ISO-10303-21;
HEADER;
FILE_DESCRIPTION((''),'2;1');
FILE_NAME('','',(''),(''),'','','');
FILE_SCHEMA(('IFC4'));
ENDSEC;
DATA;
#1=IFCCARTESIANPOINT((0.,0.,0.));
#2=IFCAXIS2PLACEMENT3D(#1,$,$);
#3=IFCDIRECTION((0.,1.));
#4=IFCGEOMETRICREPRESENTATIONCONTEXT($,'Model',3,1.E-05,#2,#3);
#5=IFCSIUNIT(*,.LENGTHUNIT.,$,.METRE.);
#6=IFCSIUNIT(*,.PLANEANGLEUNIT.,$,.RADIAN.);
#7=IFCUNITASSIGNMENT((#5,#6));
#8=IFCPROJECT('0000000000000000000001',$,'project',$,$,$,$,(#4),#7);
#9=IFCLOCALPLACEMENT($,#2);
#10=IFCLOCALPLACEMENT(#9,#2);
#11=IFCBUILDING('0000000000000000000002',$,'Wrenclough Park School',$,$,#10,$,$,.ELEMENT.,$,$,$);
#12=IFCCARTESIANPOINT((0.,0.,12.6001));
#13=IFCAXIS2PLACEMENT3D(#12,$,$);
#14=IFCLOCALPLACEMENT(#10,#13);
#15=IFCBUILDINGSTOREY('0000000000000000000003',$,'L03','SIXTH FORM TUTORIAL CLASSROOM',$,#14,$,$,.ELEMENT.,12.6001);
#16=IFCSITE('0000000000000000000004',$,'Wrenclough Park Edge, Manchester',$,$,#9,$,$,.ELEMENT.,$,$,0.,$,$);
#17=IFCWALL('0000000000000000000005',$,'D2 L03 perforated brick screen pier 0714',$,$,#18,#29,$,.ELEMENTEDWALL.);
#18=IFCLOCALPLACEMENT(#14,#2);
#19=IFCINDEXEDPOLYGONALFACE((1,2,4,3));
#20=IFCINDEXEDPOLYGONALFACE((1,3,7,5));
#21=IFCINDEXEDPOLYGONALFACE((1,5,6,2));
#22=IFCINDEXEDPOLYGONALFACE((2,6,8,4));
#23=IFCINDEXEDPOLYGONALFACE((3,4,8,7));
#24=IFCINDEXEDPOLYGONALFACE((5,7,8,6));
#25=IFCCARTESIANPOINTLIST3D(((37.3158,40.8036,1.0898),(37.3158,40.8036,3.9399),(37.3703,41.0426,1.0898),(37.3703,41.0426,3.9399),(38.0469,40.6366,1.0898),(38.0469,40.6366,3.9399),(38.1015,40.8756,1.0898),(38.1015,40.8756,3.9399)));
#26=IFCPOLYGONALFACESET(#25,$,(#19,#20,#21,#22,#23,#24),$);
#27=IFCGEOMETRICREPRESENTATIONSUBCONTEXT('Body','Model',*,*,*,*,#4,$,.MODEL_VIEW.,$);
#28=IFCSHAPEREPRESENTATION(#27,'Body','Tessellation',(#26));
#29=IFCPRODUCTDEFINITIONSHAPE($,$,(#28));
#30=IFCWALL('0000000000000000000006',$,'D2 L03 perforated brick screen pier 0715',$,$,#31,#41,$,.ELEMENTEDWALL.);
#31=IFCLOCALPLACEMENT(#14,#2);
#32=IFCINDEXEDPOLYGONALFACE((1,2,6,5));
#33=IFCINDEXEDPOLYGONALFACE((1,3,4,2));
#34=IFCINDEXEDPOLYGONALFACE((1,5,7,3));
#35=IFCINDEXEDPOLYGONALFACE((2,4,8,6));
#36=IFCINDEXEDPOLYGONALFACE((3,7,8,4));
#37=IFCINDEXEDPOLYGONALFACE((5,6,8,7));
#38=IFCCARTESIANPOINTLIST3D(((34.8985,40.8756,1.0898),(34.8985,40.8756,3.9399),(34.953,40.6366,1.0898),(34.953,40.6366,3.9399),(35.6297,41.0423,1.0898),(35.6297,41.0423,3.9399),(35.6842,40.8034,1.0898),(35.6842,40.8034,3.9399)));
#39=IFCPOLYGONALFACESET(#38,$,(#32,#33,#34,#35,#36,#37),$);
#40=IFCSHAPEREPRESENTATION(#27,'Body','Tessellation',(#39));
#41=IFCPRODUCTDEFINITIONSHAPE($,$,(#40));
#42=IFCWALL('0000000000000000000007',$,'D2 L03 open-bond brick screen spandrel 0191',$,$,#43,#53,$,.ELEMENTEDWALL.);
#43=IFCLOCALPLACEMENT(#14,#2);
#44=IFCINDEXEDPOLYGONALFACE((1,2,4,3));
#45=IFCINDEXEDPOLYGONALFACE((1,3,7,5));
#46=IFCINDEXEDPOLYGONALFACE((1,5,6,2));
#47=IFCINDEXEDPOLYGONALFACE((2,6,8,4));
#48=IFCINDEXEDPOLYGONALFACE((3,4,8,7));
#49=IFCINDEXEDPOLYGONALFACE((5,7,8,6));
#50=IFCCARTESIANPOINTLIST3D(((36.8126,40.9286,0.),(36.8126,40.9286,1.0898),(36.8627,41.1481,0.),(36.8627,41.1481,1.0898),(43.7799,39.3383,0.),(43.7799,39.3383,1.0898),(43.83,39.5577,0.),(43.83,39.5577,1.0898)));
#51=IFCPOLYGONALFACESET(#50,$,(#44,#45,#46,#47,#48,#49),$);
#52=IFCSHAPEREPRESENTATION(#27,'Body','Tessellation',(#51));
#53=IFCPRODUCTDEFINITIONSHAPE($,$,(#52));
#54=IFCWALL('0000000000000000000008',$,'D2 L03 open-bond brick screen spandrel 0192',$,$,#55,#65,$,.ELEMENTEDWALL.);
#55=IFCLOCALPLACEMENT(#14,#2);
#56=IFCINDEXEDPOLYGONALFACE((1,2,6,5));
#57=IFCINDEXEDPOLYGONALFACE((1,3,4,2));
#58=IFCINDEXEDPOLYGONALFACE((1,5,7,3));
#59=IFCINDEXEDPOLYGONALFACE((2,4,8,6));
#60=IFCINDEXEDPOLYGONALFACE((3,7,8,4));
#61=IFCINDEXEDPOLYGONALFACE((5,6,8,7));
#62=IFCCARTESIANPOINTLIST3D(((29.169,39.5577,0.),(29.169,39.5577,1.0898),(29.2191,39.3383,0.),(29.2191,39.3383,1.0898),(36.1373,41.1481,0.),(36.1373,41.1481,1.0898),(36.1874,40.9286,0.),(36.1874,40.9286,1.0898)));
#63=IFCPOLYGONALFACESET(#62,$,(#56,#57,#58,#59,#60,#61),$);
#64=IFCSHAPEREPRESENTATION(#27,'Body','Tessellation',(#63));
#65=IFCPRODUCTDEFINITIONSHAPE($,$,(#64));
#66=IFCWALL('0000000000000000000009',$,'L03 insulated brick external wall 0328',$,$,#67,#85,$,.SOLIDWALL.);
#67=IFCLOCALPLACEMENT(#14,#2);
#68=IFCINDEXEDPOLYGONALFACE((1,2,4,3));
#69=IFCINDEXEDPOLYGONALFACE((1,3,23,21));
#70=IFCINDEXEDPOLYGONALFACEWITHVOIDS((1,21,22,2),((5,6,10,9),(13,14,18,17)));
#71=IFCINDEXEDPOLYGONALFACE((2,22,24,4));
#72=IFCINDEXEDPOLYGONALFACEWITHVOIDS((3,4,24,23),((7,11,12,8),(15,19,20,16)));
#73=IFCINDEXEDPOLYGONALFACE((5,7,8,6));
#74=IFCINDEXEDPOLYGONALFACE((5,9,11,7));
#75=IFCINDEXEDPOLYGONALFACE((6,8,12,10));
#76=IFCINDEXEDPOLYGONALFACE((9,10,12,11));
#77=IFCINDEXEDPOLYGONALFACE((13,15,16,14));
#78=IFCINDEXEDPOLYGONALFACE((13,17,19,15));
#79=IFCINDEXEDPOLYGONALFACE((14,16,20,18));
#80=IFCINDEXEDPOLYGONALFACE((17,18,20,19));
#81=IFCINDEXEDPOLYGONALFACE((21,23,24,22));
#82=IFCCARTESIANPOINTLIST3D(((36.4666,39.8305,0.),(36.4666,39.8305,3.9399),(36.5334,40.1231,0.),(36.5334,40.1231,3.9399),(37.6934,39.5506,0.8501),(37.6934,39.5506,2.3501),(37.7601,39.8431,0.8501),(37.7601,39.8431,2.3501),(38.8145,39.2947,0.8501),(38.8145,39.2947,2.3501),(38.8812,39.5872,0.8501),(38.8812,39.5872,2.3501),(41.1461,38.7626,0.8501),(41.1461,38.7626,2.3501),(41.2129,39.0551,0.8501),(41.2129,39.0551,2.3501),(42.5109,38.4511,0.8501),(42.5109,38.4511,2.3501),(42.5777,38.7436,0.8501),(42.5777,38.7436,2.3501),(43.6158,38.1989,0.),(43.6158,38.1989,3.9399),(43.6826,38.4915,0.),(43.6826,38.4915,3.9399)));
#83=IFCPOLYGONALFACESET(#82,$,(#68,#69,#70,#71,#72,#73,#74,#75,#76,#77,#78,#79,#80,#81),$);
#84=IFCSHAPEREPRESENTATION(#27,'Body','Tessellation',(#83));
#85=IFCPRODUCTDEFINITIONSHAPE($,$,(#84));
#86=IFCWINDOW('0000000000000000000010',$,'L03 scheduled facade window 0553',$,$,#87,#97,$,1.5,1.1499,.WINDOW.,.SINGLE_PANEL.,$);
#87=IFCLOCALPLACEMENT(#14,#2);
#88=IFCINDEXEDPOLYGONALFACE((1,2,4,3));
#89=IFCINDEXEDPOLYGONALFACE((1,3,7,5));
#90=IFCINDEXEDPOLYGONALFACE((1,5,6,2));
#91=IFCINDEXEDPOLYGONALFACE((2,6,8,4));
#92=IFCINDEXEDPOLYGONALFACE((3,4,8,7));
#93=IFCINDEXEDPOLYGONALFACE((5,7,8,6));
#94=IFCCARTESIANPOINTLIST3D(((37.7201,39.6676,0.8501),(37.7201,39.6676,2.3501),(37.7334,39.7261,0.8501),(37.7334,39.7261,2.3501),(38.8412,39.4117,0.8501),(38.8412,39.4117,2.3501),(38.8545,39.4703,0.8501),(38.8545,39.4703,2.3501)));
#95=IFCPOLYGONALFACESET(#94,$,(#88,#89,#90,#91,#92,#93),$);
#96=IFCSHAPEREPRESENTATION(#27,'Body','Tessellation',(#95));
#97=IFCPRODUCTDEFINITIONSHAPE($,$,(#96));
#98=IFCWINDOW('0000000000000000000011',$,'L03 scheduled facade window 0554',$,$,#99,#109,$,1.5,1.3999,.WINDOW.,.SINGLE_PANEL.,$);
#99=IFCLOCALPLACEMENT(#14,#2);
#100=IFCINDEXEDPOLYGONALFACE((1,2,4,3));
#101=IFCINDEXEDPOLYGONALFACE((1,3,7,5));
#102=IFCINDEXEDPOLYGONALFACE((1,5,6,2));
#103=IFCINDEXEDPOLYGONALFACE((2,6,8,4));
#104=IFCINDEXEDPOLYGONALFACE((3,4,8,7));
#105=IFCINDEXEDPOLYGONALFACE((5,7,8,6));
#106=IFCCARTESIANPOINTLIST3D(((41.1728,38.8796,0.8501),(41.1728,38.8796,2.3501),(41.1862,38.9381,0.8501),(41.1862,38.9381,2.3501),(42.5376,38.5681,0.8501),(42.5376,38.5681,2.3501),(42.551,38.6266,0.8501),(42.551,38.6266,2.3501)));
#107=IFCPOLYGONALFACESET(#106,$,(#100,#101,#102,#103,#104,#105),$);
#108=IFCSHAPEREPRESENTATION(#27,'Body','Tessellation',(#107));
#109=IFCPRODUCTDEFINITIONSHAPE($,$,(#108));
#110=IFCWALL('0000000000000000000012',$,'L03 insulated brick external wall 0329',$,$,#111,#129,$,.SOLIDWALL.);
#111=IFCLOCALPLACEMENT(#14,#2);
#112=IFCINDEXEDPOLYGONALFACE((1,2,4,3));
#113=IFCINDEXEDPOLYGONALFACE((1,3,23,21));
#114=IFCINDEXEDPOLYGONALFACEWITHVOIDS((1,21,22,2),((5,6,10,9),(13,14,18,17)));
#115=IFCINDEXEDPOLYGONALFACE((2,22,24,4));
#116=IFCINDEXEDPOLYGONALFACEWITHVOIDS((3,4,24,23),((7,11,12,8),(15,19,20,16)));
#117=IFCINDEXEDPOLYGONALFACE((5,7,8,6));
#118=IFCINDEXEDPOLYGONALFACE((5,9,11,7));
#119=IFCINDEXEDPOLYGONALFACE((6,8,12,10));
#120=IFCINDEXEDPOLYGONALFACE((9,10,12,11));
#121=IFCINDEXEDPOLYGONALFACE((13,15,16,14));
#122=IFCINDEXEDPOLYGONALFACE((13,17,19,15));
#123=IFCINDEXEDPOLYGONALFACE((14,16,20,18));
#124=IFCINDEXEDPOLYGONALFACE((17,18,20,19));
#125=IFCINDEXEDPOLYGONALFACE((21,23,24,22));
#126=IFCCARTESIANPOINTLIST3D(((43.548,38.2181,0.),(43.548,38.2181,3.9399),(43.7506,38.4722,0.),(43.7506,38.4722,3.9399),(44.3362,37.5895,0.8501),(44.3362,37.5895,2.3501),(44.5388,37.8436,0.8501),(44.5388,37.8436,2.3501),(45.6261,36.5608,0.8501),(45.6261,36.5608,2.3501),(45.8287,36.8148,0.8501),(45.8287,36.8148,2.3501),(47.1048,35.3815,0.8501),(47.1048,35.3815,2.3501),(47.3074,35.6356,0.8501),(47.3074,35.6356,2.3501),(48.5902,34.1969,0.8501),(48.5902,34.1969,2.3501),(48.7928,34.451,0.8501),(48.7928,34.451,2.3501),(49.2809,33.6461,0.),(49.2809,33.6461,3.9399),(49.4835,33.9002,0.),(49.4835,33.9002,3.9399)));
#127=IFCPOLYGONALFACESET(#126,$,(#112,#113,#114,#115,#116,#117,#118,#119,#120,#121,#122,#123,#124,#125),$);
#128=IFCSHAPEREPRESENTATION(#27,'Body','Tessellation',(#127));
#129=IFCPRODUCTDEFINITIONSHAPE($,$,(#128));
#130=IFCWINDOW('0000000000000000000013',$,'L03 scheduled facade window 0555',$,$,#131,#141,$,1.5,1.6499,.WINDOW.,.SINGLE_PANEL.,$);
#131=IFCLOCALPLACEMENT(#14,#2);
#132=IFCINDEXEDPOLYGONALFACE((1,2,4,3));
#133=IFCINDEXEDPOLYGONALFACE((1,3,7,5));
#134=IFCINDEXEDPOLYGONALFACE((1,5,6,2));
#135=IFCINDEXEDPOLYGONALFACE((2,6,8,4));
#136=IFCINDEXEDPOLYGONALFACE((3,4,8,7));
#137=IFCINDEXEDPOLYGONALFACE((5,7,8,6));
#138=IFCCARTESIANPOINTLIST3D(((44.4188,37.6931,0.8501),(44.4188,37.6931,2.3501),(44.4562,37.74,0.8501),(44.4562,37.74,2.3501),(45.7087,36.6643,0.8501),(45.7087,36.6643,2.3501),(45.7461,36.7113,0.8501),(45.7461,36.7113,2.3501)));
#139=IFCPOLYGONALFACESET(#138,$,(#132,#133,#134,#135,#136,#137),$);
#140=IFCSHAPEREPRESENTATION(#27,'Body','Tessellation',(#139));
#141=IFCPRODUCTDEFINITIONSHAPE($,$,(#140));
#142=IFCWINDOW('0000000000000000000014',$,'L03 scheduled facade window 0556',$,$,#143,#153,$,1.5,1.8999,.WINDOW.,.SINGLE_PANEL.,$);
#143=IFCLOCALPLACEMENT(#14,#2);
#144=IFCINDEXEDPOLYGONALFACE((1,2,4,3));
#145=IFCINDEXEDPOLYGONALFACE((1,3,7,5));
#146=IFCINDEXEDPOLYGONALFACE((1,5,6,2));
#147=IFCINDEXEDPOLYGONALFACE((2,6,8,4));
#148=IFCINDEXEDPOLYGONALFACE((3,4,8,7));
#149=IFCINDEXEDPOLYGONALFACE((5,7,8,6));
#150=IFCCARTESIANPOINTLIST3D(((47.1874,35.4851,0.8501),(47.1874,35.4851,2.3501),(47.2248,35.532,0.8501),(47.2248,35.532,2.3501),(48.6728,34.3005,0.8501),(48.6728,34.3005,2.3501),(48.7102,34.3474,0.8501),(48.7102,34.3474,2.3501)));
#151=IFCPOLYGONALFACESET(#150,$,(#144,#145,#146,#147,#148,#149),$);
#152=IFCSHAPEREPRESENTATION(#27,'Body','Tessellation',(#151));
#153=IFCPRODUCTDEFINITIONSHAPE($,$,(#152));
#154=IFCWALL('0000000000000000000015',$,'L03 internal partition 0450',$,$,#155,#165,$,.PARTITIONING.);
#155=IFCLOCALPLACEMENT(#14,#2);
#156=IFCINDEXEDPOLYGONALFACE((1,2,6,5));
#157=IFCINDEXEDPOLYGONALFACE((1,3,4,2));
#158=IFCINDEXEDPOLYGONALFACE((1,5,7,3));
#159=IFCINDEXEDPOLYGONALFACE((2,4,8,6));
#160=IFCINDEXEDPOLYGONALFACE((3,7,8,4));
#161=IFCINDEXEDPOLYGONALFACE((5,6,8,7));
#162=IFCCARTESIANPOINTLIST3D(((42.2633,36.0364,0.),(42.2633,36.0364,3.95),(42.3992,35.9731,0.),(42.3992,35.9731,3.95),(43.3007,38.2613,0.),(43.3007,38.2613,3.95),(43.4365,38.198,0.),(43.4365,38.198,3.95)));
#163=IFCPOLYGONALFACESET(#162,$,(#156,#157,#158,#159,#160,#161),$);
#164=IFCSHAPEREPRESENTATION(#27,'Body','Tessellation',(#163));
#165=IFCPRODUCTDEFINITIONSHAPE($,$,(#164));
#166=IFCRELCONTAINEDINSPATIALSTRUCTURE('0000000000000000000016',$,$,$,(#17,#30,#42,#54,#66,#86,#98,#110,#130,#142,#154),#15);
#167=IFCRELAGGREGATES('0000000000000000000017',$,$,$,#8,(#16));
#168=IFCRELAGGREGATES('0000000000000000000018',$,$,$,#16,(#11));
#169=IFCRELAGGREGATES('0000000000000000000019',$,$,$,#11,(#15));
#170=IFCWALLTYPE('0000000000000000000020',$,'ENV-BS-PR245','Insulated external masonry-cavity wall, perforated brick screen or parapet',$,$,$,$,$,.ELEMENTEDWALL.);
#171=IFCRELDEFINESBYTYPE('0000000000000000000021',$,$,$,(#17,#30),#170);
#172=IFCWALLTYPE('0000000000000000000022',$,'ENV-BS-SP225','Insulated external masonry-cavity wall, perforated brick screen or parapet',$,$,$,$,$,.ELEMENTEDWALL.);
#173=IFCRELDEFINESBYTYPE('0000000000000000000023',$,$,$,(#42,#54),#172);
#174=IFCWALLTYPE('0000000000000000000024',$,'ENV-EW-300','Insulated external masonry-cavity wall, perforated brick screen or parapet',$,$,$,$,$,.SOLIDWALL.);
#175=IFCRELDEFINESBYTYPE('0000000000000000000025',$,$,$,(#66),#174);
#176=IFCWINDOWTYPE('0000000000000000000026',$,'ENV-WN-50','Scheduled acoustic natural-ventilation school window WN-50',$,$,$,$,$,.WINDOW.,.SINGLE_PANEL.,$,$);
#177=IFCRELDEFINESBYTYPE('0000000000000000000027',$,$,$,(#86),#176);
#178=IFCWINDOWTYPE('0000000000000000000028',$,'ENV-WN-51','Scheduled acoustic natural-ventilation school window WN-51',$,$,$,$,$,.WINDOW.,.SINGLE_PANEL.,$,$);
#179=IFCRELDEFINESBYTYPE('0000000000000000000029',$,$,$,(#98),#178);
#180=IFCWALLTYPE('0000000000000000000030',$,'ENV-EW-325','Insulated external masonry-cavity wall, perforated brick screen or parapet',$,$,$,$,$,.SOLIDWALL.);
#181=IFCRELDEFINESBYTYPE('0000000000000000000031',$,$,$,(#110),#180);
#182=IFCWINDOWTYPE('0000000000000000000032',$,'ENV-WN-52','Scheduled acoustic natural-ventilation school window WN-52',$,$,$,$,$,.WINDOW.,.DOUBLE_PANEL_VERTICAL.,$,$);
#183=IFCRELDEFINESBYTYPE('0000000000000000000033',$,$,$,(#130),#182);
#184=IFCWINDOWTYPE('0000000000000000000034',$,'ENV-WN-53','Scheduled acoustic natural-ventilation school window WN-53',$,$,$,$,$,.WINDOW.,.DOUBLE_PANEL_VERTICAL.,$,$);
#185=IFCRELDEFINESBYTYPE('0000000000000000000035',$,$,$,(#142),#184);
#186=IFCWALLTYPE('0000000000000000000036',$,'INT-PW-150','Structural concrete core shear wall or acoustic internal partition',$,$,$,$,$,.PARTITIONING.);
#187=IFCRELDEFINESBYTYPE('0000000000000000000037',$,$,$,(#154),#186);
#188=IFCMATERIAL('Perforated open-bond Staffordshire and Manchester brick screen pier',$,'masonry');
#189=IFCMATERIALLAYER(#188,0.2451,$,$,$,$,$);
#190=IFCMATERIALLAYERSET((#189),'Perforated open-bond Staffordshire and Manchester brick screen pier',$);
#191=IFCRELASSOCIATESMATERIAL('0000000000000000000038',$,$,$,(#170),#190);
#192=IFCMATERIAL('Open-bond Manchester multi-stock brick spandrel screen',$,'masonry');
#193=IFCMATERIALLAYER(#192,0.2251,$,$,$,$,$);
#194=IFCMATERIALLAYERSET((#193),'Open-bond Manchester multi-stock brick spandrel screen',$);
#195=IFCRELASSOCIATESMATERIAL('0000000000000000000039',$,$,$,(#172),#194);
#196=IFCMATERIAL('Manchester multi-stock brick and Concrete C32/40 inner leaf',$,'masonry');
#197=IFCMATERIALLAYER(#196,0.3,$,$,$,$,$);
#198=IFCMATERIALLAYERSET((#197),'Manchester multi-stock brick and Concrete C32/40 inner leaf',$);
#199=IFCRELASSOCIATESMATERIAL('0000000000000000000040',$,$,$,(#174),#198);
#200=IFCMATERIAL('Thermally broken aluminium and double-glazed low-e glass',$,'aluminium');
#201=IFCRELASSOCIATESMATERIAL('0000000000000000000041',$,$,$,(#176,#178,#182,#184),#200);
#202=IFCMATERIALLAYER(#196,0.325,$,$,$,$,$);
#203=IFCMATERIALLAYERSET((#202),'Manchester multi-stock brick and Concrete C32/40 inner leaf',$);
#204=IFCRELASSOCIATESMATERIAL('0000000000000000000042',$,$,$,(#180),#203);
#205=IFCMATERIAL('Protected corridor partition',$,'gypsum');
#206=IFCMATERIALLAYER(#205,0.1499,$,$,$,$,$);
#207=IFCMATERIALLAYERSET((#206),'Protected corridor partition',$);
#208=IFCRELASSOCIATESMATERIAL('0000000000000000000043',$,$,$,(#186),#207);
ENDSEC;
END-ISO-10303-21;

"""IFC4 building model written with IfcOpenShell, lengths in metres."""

from ifc_helpers import new_model, si_unit, direction, frame, frame_2d, origin, place, context, subcontext, project, spatial, rectangle, extrude, material, layer, layer_set, type_object, element, fill, save


model = new_model("IFC4")

# Units and contexts
model_context = context("Model", 3, precision=1e-05, world=origin(), true_north=direction((0.0, 1.0)))
body_context = subcontext(model_context, "Body", "Model", "MODEL_VIEW")
ifc_project = project(units=[si_unit("LENGTHUNIT", "METRE"), si_unit("PLANEANGLEUNIT", "RADIAN")], contexts=[model_context])

# Site, building, storey
site_placement = place(None, origin())
site = spatial("IfcSite", under=ifc_project, at=site_placement, Name="Wrenclough Park Edge, Manchester", CompositionType="ELEMENT", RefElevation=0.0)
building_placement = place(site_placement, origin())
building = spatial("IfcBuilding", under=site, at=building_placement, Name="Wrenclough Park School", CompositionType="ELEMENT")
storey_placement = place(building_placement, frame((0.0, 0.0, 12.6001)))
storey = spatial("IfcBuildingStorey", under=building, at=storey_placement, Name="L03", Description="SIXTH FORM TUTORIAL CLASSROOM", CompositionType="ELEMENT", Elevation=12.6001)

# Walls
ifc_material_1 = material(Name="Perforated open-bond Staffordshire and Manchester brick screen pier", Category="masonry")
ifc_layer_1 = layer(ifc_material_1, 0.2451)
ifc_layer_set_1 = layer_set([ifc_layer_1], Name="Perforated open-bond Staffordshire and Manchester brick screen pier")
wall_type_1 = type_object("IfcWallType", Name="ENV-BS-PR245", Description="Insulated external masonry-cavity wall, perforated brick screen or parapet", PredefinedType="ELEMENTEDWALL", material=ifc_layer_set_1)
for number, where, z_axis, x_axis, name in (
    (1, (38.0742, 40.7561, 1.0898), (0.0, 0.0, 1.0), (-0.974899, 0.222648, 0.0), "D2 L03 perforated brick screen pier 0714"),
    (2, (35.657, 40.9229, 1.0898), (0.0, 0.0, 1.0), (-0.97497, -0.222339, 0.0), "D2 L03 perforated brick screen pier 0715"),
):
    element("IfcWall", number, at=place(storey_placement, frame(where, z_axis=z_axis, x_axis=x_axis)), inside=storey, type_object=wall_type_1, Name=name, PredefinedType="ELEMENTEDWALL", context=body_context, shape_type="SweptSolid", body=[
        extrude(rectangle(XDim=0.75, YDim=0.2451, at=frame_2d((0.375, 0.0))), origin(), (0.0, 0.0, 1.0), 2.8501),
    ])
ifc_material_2 = material(Name="Open-bond Manchester multi-stock brick spandrel screen", Category="masonry")
ifc_layer_2 = layer(ifc_material_2, 0.2251)
ifc_layer_set_2 = layer_set([ifc_layer_2], Name="Open-bond Manchester multi-stock brick spandrel screen")
wall_type_2 = type_object("IfcWallType", Name="ENV-BS-SP225", Description="Insulated external masonry-cavity wall, perforated brick screen or parapet", PredefinedType="ELEMENTEDWALL", material=ifc_layer_set_2)
wall_1_placement = place(storey_placement, frame((43.8049, 39.448, 0.0), z_axis=(0.0, 0.0, 1.0), x_axis=(-0.974925, 0.222534, 0.0)))
element("IfcWall", 3, at=wall_1_placement, inside=storey, type_object=wall_type_2, Name="D2 L03 open-bond brick screen spandrel 0191", PredefinedType="ELEMENTEDWALL", context=body_context, shape_type="SweptSolid", body=[
    extrude(rectangle(XDim=7.1465, YDim=0.2251, at=frame_2d((3.5732, 0.0))), origin(), (0.0, 0.0, 1.0), 1.0898),
])
wall_2_placement = place(storey_placement, frame((36.1624, 41.0383, 0.0), z_axis=(0.0, 0.0, 1.0), x_axis=(-0.974932, -0.222504, 0.0)))
element("IfcWall", 4, at=wall_2_placement, inside=storey, type_object=wall_type_2, Name="D2 L03 open-bond brick screen spandrel 0192", PredefinedType="ELEMENTEDWALL", context=body_context, shape_type="SweptSolid", body=[
    extrude(rectangle(XDim=7.1475, YDim=0.2251, at=frame_2d((3.5737, 0.0))), origin(), (0.0, 0.0, 1.0), 1.0898),
])

# Walls, openings, windows
ifc_material_3 = material(Name="Manchester multi-stock brick and Concrete C32/40 inner leaf", Category="masonry")
ifc_layer_3 = layer(ifc_material_3, 0.3)
ifc_layer_set_3 = layer_set([ifc_layer_3], Name="Manchester multi-stock brick and Concrete C32/40 inner leaf")
wall_type_3 = type_object("IfcWallType", Name="ENV-EW-300", Description="Insulated external masonry-cavity wall, perforated brick screen or parapet", PredefinedType="SOLIDWALL", material=ifc_layer_set_3)
wall_3_placement = place(storey_placement, frame((36.5, 39.9768, 0.0), z_axis=(0.0, 0.0, 1.0), x_axis=(0.974933, -0.2225, 0.0)))
wall_3 = element("IfcWall", 5, at=wall_3_placement, inside=storey, type_object=wall_type_3, Name="L03 insulated brick external wall 0328", PredefinedType="SOLIDWALL", context=body_context, shape_type="SweptSolid", body=[
    extrude(rectangle(XDim=7.333, YDim=0.3, at=frame_2d((3.6665, 0.0))), origin(), (0.0, 0.0, 1.0), 3.9399),
])
opening_1_placement = place(wall_3_placement, frame((1.2583, 0.0, 0.8501)))
opening_1 = element("IfcOpeningElement", 6, at=opening_1_placement, cuts=wall_3, PredefinedType="OPENING", context=body_context, shape_type="SweptSolid", body=[
    extrude(rectangle(XDim=1.1499, YDim=1.5, at=frame_2d((0.575, 0.75))), frame((0.0, 0.1599, 0.0), z_axis=(0.0, -1.0, 0.0), x_axis=(1.0, 0.0, 0.0)), (0.0, 0.0, 1.0), 0.3201),
])
opening_2_placement = place(wall_3_placement, frame((4.7998, 0.0, 0.8501)))
opening_2 = element("IfcOpeningElement", 7, at=opening_2_placement, cuts=wall_3, PredefinedType="OPENING", context=body_context, shape_type="SweptSolid", body=[
    extrude(rectangle(XDim=1.3999, YDim=1.5, at=frame_2d((0.7, 0.75))), frame((0.0, 0.1599, 0.0), z_axis=(0.0, -1.0, 0.0), x_axis=(1.0, 0.0, 0.0)), (0.0, 0.0, 1.0), 0.3201),
])
ifc_material_4 = material(Name="Thermally broken aluminium and double-glazed low-e glass", Category="aluminium")
window_type_1 = type_object("IfcWindowType", Name="ENV-WN-50", Description="Scheduled acoustic natural-ventilation school window WN-50", PartitioningType="SINGLE_PANEL", PredefinedType="WINDOW", material=ifc_material_4)
window_1_placement = place(opening_1_placement, origin())
window_1 = element("IfcWindow", 8, at=window_1_placement, inside=storey, type_object=window_type_1, Name="L03 scheduled facade window 0553", OverallHeight=1.5, OverallWidth=1.1499, PartitioningType="SINGLE_PANEL", PredefinedType="WINDOW", context=body_context, shape_type="SweptSolid", body=[
    extrude(rectangle(XDim=1.1499, YDim=1.5, at=frame_2d((0.575, 0.75))), frame((0.0, 0.03, 0.0), z_axis=(0.0, -1.0, 0.0), x_axis=(1.0, 0.0, 0.0)), (0.0, 0.0, 1.0), 0.0601),
])
fill(opening_1, window_1)
window_type_2 = type_object("IfcWindowType", Name="ENV-WN-51", Description="Scheduled acoustic natural-ventilation school window WN-51", PartitioningType="SINGLE_PANEL", PredefinedType="WINDOW", material=ifc_material_4)
window_2_placement = place(opening_2_placement, origin())
window_2 = element("IfcWindow", 9, at=window_2_placement, inside=storey, type_object=window_type_2, Name="L03 scheduled facade window 0554", OverallHeight=1.5, OverallWidth=1.3999, PartitioningType="SINGLE_PANEL", PredefinedType="WINDOW", context=body_context, shape_type="SweptSolid", body=[
    extrude(rectangle(XDim=1.3999, YDim=1.5, at=frame_2d((0.7, 0.75))), frame((0.0, 0.03, 0.0), z_axis=(0.0, -1.0, 0.0), x_axis=(1.0, 0.0, 0.0)), (0.0, 0.0, 1.0), 0.0601),
])
fill(opening_2, window_2)
ifc_layer_4 = layer(ifc_material_3, 0.325)
ifc_layer_set_4 = layer_set([ifc_layer_4], Name="Manchester multi-stock brick and Concrete C32/40 inner leaf")
wall_type_4 = type_object("IfcWallType", Name="ENV-EW-325", Description="Insulated external masonry-cavity wall, perforated brick screen or parapet", PredefinedType="SOLIDWALL", material=ifc_layer_set_4)
wall_4_placement = place(storey_placement, frame((43.6492, 38.3452, 0.0), z_axis=(0.0, 0.0, 1.0), x_axis=(0.78182, -0.623505, 0.0)))
wall_4 = element("IfcWall", 10, at=wall_4_placement, inside=storey, type_object=wall_type_4, Name="L03 insulated brick external wall 0329", PredefinedType="SOLIDWALL", context=body_context, shape_type="SweptSolid", body=[
    extrude(rectangle(XDim=7.3328, YDim=0.325, at=frame_2d((3.6665, 0.0))), origin(), (0.0, 0.0, 1.0), 3.9399),
])
opening_3_placement = place(wall_4_placement, frame((1.0083, 0.0, 0.8501)))
opening_3 = element("IfcOpeningElement", 11, at=opening_3_placement, cuts=wall_4, PredefinedType="OPENING", context=body_context, shape_type="SweptSolid", body=[
    extrude(rectangle(XDim=1.6499, YDim=1.5, at=frame_2d((0.825, 0.75))), frame((0.0, 0.1724, 0.0), z_axis=(0.0, -1.0, 0.0), x_axis=(1.0, 0.0, 0.0)), (0.0, 0.0, 1.0), 0.345),
])
opening_4_placement = place(wall_4_placement, frame((4.5496, 0.0, 0.8501)))
opening_4 = element("IfcOpeningElement", 12, at=opening_4_placement, cuts=wall_4, PredefinedType="OPENING", context=body_context, shape_type="SweptSolid", body=[
    extrude(rectangle(XDim=1.8999, YDim=1.5, at=frame_2d((0.95, 0.75))), frame((0.0, 0.1724, 0.0), z_axis=(0.0, -1.0, 0.0), x_axis=(1.0, 0.0, 0.0)), (0.0, 0.0, 1.0), 0.345),
])
window_type_3 = type_object("IfcWindowType", Name="ENV-WN-52", Description="Scheduled acoustic natural-ventilation school window WN-52", PartitioningType="DOUBLE_PANEL_VERTICAL", PredefinedType="WINDOW", material=ifc_material_4)
window_3_placement = place(opening_3_placement, origin())
window_3 = element("IfcWindow", 13, at=window_3_placement, inside=storey, type_object=window_type_3, Name="L03 scheduled facade window 0555", OverallHeight=1.5, OverallWidth=1.6499, PartitioningType="SINGLE_PANEL", PredefinedType="WINDOW", context=body_context, shape_type="SweptSolid", body=[
    extrude(rectangle(XDim=1.6499, YDim=1.5, at=frame_2d((0.825, 0.75))), frame((0.0, 0.03, 0.0), z_axis=(0.0, -1.0, 0.0), x_axis=(1.0, 0.0, 0.0)), (0.0, 0.0, 1.0), 0.0601),
])
fill(opening_3, window_3)
window_type_4 = type_object("IfcWindowType", Name="ENV-WN-53", Description="Scheduled acoustic natural-ventilation school window WN-53", PartitioningType="DOUBLE_PANEL_VERTICAL", PredefinedType="WINDOW", material=ifc_material_4)
window_4_placement = place(opening_4_placement, origin())
window_4 = element("IfcWindow", 14, at=window_4_placement, inside=storey, type_object=window_type_4, Name="L03 scheduled facade window 0556", OverallHeight=1.5, OverallWidth=1.8999, PartitioningType="SINGLE_PANEL", PredefinedType="WINDOW", context=body_context, shape_type="SweptSolid", body=[
    extrude(rectangle(XDim=1.8999, YDim=1.5, at=frame_2d((0.95, 0.75))), frame((0.0, 0.03, 0.0), z_axis=(0.0, -1.0, 0.0), x_axis=(1.0, 0.0, 0.0)), (0.0, 0.0, 1.0), 0.0601),
])
fill(opening_4, window_4)

# Wall
ifc_material_5 = material(Name="Protected corridor partition", Category="gypsum")
ifc_layer_5 = layer(ifc_material_5, 0.1499)
ifc_layer_set_5 = layer_set([ifc_layer_5], Name="Protected corridor partition")
wall_type_5 = type_object("IfcWallType", Name="INT-PW-150", Description="Structural concrete core shear wall or acoustic internal partition", PredefinedType="PARTITIONING", material=ifc_layer_set_5)
wall_5_placement = place(storey_placement, frame((43.3687, 38.2297, 0.0), z_axis=(0.0, 0.0, 1.0), x_axis=(-0.422581, -0.906325, 0.0)))
element("IfcWall", 15, at=wall_5_placement, inside=storey, type_object=wall_type_5, Name="L03 internal partition 0450", PredefinedType="PARTITIONING", context=body_context, shape_type="SweptSolid", body=[
    extrude(rectangle(XDim=2.4548, YDim=0.1499, at=frame_2d((1.2275, 0.0))), origin(), (0.0, 0.0, 1.0), 3.95),
])

save(model, "model.ifc")
